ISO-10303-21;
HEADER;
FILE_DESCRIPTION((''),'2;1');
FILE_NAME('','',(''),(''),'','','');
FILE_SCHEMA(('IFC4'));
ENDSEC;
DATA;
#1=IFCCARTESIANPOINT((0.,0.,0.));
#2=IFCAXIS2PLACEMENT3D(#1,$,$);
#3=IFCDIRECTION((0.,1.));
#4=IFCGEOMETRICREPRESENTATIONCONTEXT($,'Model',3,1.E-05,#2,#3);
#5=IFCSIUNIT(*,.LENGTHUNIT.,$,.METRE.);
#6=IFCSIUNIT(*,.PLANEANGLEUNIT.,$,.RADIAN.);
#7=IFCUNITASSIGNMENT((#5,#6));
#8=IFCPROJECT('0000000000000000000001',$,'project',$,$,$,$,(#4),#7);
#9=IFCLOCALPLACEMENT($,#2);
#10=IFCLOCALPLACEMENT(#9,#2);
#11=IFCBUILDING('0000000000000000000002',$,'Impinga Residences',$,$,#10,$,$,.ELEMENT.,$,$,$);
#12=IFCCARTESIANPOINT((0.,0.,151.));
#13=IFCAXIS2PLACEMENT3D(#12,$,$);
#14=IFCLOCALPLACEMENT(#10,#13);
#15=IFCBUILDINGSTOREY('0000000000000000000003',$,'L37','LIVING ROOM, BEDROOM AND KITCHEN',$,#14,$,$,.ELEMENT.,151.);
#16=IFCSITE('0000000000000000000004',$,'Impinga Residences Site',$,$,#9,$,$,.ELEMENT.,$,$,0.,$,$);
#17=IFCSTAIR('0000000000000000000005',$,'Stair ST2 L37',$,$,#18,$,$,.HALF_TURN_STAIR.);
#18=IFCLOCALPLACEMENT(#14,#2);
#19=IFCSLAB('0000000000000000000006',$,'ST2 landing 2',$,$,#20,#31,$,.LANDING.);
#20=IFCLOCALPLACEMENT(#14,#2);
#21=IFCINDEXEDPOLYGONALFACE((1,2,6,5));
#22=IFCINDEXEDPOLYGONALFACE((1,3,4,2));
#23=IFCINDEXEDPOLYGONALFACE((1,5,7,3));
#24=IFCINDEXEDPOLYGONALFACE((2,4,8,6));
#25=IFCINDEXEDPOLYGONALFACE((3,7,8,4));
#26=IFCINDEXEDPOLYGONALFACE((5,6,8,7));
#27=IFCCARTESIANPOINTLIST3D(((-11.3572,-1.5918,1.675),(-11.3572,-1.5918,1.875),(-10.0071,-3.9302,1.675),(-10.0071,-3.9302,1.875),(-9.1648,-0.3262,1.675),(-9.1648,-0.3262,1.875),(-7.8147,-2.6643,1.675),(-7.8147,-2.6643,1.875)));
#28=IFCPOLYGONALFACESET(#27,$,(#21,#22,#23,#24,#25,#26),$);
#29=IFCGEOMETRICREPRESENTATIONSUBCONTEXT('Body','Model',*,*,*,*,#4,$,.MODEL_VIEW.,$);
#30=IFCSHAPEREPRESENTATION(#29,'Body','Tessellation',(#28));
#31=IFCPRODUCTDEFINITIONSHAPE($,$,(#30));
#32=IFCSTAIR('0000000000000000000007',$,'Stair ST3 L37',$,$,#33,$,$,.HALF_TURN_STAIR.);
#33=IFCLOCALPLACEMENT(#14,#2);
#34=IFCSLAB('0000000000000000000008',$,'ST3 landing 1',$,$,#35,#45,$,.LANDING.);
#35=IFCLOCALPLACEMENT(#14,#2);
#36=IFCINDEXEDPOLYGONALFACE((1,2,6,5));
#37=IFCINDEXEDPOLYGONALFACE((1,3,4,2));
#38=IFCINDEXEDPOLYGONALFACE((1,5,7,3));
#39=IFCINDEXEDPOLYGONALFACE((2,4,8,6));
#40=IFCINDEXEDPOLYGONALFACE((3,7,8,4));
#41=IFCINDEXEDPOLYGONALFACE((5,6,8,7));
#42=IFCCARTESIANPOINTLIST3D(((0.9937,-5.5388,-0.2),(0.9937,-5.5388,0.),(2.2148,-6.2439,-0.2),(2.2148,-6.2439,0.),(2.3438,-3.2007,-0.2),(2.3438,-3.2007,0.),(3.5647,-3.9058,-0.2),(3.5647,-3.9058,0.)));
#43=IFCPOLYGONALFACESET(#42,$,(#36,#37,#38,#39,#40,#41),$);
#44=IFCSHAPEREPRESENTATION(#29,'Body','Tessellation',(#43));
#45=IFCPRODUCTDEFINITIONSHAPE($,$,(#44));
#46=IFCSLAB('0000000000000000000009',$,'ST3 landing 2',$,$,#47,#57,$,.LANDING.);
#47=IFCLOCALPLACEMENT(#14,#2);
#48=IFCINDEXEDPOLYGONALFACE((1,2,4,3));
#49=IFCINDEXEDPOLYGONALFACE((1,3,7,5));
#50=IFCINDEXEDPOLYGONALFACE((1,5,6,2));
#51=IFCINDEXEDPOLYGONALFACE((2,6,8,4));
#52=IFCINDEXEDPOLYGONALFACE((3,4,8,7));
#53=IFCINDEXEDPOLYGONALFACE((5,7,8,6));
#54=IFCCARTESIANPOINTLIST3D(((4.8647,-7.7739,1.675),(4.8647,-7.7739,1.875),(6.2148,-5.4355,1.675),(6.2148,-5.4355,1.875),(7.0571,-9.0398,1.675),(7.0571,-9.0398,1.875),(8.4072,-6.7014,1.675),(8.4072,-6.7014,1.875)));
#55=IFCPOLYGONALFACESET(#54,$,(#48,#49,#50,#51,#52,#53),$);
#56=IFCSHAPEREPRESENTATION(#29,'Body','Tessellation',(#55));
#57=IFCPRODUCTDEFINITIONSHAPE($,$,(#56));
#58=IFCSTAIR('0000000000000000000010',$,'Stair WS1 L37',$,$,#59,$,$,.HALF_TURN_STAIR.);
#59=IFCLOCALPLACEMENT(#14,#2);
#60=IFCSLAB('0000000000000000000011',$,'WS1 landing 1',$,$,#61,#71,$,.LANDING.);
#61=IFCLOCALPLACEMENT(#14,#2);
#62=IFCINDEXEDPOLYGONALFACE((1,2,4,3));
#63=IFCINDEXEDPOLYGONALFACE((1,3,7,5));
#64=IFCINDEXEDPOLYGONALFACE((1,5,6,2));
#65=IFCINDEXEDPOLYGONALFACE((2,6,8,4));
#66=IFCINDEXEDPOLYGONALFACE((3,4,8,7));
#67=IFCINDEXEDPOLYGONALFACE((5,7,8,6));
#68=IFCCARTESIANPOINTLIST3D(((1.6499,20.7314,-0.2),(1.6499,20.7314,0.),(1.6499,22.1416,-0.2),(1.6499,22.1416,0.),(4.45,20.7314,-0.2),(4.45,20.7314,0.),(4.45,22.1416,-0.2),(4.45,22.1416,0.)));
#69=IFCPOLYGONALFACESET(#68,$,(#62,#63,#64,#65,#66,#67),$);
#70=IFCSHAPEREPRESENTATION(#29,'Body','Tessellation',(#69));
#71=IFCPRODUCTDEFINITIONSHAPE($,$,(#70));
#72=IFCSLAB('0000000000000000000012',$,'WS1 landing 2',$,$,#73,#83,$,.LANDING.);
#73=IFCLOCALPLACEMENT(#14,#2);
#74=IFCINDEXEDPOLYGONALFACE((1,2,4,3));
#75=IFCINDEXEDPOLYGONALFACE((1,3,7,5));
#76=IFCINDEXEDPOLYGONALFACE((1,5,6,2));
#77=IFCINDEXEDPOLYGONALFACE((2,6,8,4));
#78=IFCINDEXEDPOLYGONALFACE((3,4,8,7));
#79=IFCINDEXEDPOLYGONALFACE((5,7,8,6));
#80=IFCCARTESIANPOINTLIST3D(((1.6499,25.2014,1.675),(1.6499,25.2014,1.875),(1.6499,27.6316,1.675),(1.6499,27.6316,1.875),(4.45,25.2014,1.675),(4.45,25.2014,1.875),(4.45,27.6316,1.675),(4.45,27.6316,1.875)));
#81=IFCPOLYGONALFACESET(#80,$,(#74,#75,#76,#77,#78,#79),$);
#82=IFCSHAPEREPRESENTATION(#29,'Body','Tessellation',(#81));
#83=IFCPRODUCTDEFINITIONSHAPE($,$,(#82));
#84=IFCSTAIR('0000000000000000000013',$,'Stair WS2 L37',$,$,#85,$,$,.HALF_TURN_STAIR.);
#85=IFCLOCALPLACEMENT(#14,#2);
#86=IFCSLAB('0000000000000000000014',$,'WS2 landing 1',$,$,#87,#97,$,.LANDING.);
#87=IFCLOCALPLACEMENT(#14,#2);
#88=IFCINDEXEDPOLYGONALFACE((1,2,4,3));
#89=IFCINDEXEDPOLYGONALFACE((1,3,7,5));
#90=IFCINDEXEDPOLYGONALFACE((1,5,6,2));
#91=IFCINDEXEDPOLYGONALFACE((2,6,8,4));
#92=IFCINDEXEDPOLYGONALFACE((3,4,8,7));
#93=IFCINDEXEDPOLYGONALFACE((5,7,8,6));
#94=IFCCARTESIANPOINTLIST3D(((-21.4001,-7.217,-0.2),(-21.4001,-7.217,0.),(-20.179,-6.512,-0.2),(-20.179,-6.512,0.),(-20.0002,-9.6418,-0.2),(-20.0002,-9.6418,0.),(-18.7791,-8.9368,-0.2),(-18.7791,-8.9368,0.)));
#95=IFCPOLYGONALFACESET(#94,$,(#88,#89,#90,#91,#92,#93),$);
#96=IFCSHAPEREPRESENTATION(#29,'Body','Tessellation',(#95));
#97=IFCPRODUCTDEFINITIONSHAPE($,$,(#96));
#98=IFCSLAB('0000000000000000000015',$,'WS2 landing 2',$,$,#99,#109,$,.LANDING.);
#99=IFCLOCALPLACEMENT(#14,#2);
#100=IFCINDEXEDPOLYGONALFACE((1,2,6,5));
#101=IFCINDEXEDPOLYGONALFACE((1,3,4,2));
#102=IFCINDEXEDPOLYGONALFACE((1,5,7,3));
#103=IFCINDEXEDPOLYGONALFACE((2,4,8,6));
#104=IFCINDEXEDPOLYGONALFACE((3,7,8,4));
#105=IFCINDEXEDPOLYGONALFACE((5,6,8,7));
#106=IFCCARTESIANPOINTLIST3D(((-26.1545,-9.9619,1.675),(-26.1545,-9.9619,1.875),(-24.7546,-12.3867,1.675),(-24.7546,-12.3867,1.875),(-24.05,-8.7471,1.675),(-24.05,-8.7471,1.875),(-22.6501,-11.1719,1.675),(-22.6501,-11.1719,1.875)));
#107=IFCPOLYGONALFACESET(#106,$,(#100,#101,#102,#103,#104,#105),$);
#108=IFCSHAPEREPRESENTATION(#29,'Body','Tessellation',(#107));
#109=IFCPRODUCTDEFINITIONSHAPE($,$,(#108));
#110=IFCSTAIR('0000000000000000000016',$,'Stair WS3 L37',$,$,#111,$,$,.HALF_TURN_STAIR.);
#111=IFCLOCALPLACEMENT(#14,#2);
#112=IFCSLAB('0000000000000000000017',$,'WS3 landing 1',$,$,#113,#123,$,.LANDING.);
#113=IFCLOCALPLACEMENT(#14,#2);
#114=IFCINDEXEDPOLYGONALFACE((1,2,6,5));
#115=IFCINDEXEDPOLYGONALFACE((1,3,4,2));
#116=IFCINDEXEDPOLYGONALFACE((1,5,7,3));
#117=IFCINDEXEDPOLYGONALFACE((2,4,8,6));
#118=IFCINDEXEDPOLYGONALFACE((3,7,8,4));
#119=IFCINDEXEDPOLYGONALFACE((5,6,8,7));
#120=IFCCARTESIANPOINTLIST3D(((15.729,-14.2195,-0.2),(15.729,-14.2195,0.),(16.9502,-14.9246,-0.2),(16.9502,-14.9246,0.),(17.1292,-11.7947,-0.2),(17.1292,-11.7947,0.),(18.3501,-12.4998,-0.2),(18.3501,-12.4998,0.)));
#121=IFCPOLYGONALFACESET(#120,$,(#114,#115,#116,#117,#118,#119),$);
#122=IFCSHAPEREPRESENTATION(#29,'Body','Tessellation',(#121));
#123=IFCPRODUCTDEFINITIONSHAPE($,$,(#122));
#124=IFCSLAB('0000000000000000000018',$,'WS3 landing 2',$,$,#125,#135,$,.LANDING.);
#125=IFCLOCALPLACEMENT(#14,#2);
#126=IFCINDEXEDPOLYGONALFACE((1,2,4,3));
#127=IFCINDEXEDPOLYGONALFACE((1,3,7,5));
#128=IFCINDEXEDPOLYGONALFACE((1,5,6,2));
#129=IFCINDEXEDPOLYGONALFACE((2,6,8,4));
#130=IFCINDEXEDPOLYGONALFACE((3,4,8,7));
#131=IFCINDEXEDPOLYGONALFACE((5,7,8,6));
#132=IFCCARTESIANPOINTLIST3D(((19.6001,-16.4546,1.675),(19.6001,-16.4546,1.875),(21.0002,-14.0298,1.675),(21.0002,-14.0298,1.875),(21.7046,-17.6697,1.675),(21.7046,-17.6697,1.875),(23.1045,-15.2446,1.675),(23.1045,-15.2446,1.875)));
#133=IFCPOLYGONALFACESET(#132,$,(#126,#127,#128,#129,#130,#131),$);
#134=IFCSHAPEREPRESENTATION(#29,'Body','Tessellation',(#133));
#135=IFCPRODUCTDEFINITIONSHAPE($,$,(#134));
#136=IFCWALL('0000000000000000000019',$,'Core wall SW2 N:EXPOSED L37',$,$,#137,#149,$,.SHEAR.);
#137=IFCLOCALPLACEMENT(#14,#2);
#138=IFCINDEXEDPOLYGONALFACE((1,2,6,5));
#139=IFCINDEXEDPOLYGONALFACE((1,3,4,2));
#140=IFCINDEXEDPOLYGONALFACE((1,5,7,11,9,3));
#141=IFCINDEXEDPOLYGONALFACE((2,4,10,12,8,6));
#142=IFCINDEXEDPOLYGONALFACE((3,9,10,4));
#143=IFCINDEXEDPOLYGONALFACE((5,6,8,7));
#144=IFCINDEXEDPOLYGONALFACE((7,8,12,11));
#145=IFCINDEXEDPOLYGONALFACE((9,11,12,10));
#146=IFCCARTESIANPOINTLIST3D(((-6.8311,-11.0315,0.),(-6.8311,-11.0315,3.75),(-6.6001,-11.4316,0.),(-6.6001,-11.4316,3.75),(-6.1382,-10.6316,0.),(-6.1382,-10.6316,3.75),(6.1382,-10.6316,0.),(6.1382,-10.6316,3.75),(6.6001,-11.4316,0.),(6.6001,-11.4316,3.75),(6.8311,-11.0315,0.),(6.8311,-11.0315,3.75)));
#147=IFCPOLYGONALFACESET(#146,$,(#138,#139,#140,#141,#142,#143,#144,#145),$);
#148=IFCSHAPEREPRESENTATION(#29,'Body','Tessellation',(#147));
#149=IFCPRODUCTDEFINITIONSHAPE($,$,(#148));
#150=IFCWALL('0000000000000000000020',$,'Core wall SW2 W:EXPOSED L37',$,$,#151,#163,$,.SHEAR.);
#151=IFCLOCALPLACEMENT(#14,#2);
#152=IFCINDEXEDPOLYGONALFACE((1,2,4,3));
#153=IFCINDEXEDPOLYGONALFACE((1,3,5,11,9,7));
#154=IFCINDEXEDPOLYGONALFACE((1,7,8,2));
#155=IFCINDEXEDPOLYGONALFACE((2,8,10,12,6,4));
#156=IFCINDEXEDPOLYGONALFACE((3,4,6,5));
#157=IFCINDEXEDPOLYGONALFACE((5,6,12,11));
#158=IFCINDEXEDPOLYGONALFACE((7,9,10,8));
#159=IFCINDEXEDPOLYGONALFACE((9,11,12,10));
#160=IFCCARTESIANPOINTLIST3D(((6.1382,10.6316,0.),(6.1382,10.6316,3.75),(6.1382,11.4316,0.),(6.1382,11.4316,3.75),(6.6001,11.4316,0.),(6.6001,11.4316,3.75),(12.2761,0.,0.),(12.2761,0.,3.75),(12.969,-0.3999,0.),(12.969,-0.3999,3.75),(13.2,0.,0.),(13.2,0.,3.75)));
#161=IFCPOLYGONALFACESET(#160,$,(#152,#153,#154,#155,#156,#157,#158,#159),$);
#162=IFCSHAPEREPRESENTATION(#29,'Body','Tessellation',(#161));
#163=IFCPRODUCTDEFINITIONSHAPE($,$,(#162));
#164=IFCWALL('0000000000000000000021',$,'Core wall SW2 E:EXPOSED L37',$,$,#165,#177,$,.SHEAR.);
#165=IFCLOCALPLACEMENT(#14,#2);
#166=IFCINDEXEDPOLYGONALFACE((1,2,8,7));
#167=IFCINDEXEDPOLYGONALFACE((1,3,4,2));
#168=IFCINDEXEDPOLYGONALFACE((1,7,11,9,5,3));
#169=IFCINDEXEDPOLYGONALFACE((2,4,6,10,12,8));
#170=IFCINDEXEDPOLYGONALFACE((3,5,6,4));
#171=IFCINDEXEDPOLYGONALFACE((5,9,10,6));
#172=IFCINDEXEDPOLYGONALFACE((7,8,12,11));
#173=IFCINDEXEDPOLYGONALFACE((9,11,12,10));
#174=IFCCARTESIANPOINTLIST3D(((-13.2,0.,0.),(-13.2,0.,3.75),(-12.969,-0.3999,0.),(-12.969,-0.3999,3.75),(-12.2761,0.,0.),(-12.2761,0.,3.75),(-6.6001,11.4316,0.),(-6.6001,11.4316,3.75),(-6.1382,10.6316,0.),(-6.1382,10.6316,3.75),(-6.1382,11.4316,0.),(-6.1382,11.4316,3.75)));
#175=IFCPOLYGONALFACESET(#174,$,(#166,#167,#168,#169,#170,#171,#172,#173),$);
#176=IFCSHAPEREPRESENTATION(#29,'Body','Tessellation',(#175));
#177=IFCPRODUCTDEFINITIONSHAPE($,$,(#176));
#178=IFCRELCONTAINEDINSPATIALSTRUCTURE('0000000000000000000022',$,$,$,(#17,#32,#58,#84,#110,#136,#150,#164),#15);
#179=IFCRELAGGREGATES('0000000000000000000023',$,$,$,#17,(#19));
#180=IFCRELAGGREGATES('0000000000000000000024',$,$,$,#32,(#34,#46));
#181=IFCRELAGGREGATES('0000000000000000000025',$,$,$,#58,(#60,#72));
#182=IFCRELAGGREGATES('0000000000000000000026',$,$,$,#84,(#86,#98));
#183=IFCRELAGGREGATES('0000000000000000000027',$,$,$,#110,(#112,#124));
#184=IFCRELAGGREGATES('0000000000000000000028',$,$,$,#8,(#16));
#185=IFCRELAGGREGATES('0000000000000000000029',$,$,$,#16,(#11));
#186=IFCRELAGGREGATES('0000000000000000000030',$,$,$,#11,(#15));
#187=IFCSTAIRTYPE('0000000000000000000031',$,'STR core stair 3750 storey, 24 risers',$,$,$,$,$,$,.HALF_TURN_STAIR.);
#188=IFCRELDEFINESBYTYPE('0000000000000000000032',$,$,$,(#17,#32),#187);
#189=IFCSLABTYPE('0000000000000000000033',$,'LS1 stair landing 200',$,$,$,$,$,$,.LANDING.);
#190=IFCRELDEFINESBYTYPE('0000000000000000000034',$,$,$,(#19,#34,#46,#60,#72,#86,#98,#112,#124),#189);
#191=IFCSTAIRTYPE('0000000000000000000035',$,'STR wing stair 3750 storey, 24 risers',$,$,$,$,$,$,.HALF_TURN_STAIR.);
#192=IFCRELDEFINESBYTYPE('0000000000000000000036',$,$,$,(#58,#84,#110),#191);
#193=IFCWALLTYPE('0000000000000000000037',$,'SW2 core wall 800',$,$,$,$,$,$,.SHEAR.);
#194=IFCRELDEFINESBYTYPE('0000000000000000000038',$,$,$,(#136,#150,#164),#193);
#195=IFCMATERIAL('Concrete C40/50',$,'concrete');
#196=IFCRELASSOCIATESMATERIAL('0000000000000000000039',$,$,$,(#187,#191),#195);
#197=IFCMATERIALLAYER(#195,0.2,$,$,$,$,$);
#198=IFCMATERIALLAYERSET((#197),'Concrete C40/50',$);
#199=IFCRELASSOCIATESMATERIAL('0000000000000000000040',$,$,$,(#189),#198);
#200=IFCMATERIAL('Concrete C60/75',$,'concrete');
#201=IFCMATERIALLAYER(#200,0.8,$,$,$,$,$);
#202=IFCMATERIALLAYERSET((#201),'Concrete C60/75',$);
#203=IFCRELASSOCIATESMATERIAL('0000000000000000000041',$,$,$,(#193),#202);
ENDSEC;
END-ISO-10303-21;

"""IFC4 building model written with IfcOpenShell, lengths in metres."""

from ifc_helpers import new_model, si_unit, direction, frame, origin, place, context, subcontext, project, spatial, polyline, outline, extrude, material, layer, layer_set, type_object, element, aggregate, save


model = new_model("IFC4")

# Units and contexts
model_context = context("Model", 3, precision=1e-05, world=origin(), true_north=direction((0.0, 1.0)))
body_context = subcontext(model_context, "Body", "Model", "MODEL_VIEW")
ifc_project = project(units=[si_unit("LENGTHUNIT", "METRE"), si_unit("PLANEANGLEUNIT", "RADIAN")], contexts=[model_context])

# Site, building, storey
site_placement = place(None, origin())
site = spatial("IfcSite", under=ifc_project, at=site_placement, Name="Impinga Residences Site", CompositionType="ELEMENT", RefElevation=0.0)
building_placement = place(site_placement, origin())
building = spatial("IfcBuilding", under=site, at=building_placement, Name="Impinga Residences", CompositionType="ELEMENT")
storey_placement = place(building_placement, frame((0.0, 0.0, 151.0)))
storey = spatial("IfcBuildingStorey", under=building, at=storey_placement, Name="L37", Description="LIVING ROOM, BEDROOM AND KITCHEN", CompositionType="ELEMENT", Elevation=151.0)

# Shared definitions
ifc_material_1 = material(Name="Concrete C60/75", Category="concrete")

# Stairs, slabs
ifc_material_2 = material(Name="Concrete C40/50", Category="concrete")
stair_type_1 = type_object("IfcStairType", Name="STR core stair 3750 storey, 24 risers", PredefinedType="HALF_TURN_STAIR", material=ifc_material_2)
ifc_layer_1 = layer(ifc_material_2, 0.2)
ifc_layer_set_1 = layer_set([ifc_layer_1], Name="Concrete C40/50")
slab_type_1 = type_object("IfcSlabType", Name="LS1 stair landing 200", PredefinedType="LANDING", material=ifc_layer_set_1)
stair_1_placement = place(storey_placement, origin())
stair_1 = element("IfcStair", 1, at=stair_1_placement, inside=storey, type_object=stair_type_1, Name="Stair ST2 L37", PredefinedType="HALF_TURN_STAIR")
slab_1_placement = place(storey_placement, frame((0.0, 0.0, 1.675)))
slab_1 = element("IfcSlab", 2, at=slab_1_placement, type_object=slab_type_1, Name="ST2 landing 2", PredefinedType="LANDING", context=body_context, shape_type="SweptSolid", body=[
    extrude(outline(polyline([(-7.8147, -2.6643), (-9.1648, -0.3262), (-11.3572, -1.5918), (-10.0071, -3.9302), (-7.8147, -2.6643)])), origin(), (0.0, 0.0, 1.0), 0.2),
])
aggregate(stair_1, [slab_1])
stair_2_placement = place(storey_placement, origin())
stair_2 = element("IfcStair", 3, at=stair_2_placement, inside=storey, type_object=stair_type_1, Name="Stair ST3 L37", PredefinedType="HALF_TURN_STAIR")
slab_2_placement = place(storey_placement, frame((0.0, 0.0, -0.2)))
slab_2 = element("IfcSlab", 4, at=slab_2_placement, type_object=slab_type_1, Name="ST3 landing 1", PredefinedType="LANDING", context=body_context, shape_type="SweptSolid", body=[
    extrude(outline(polyline([(2.3438, -3.2007), (0.9937, -5.5388), (2.2148, -6.2439), (3.5647, -3.9058), (2.3438, -3.2007)])), origin(), (0.0, 0.0, 1.0), 0.2),
])
slab_3_placement = place(storey_placement, frame((0.0, 0.0, 1.675)))
slab_3 = element("IfcSlab", 5, at=slab_3_placement, type_object=slab_type_1, Name="ST3 landing 2", PredefinedType="LANDING", context=body_context, shape_type="SweptSolid", body=[
    extrude(outline(polyline([(6.2148, -5.4355), (4.8647, -7.7739), (7.0571, -9.0398), (8.4072, -6.7014), (6.2148, -5.4355)])), origin(), (0.0, 0.0, 1.0), 0.2),
])
aggregate(stair_2, [slab_2, slab_3])
stair_type_2 = type_object("IfcStairType", Name="STR wing stair 3750 storey, 24 risers", PredefinedType="HALF_TURN_STAIR", material=ifc_material_2)
stair_3_placement = place(storey_placement, origin())
stair_3 = element("IfcStair", 6, at=stair_3_placement, inside=storey, type_object=stair_type_2, Name="Stair WS1 L37", PredefinedType="HALF_TURN_STAIR")
slab_4_placement = place(storey_placement, frame((0.0, 0.0, -0.2)))
slab_4 = element("IfcSlab", 7, at=slab_4_placement, type_object=slab_type_1, Name="WS1 landing 1", PredefinedType="LANDING", context=body_context, shape_type="SweptSolid", body=[
    extrude(outline(polyline([(1.6499, 20.7314), (4.45, 20.7314), (4.45, 22.1416), (1.6499, 22.1416), (1.6499, 20.7314)])), origin(), (0.0, 0.0, 1.0), 0.2),
])
slab_5_placement = place(storey_placement, frame((0.0, 0.0, 1.675)))
slab_5 = element("IfcSlab", 8, at=slab_5_placement, type_object=slab_type_1, Name="WS1 landing 2", PredefinedType="LANDING", context=body_context, shape_type="SweptSolid", body=[
    extrude(outline(polyline([(1.6499, 25.2014), (4.45, 25.2014), (4.45, 27.6316), (1.6499, 27.6316), (1.6499, 25.2014)])), origin(), (0.0, 0.0, 1.0), 0.2),
])
aggregate(stair_3, [slab_4, slab_5])
stair_4_placement = place(storey_placement, origin())
stair_4 = element("IfcStair", 9, at=stair_4_placement, inside=storey, type_object=stair_type_2, Name="Stair WS2 L37", PredefinedType="HALF_TURN_STAIR")
slab_6_placement = place(storey_placement, frame((0.0, 0.0, -0.2)))
slab_6 = element("IfcSlab", 10, at=slab_6_placement, type_object=slab_type_1, Name="WS2 landing 1", PredefinedType="LANDING", context=body_context, shape_type="SweptSolid", body=[
    extrude(outline(polyline([(-18.7791, -8.9368), (-20.179, -6.512), (-21.4001, -7.217), (-20.0002, -9.6418), (-18.7791, -8.9368)])), origin(), (0.0, 0.0, 1.0), 0.2),
])
slab_7_placement = place(storey_placement, frame((0.0, 0.0, 1.675)))
slab_7 = element("IfcSlab", 11, at=slab_7_placement, type_object=slab_type_1, Name="WS2 landing 2", PredefinedType="LANDING", context=body_context, shape_type="SweptSolid", body=[
    extrude(outline(polyline([(-22.6501, -11.1719), (-24.05, -8.7471), (-26.1545, -9.9619), (-24.7546, -12.3867), (-22.6501, -11.1719)])), origin(), (0.0, 0.0, 1.0), 0.2),
])
aggregate(stair_4, [slab_6, slab_7])
stair_5_placement = place(storey_placement, origin())
stair_5 = element("IfcStair", 12, at=stair_5_placement, inside=storey, type_object=stair_type_2, Name="Stair WS3 L37", PredefinedType="HALF_TURN_STAIR")
slab_8_placement = place(storey_placement, frame((0.0, 0.0, -0.2)))
slab_8 = element("IfcSlab", 13, at=slab_8_placement, type_object=slab_type_1, Name="WS3 landing 1", PredefinedType="LANDING", context=body_context, shape_type="SweptSolid", body=[
    extrude(outline(polyline([(17.1292, -11.7947), (15.729, -14.2195), (16.9502, -14.9246), (18.3501, -12.4998), (17.1292, -11.7947)])), origin(), (0.0, 0.0, 1.0), 0.2),
])
slab_9_placement = place(storey_placement, frame((0.0, 0.0, 1.675)))
slab_9 = element("IfcSlab", 14, at=slab_9_placement, type_object=slab_type_1, Name="WS3 landing 2", PredefinedType="LANDING", context=body_context, shape_type="SweptSolid", body=[
    extrude(outline(polyline([(21.0002, -14.0298), (19.6001, -16.4546), (21.7046, -17.6697), (23.1045, -15.2446), (21.0002, -14.0298)])), origin(), (0.0, 0.0, 1.0), 0.2),
])
aggregate(stair_5, [slab_8, slab_9])

# Walls
ifc_layer_2 = layer(ifc_material_1, 0.8)
ifc_layer_set_2 = layer_set([ifc_layer_2], Name="Concrete C60/75")
wall_type_1 = type_object("IfcWallType", Name="SW2 core wall 800", PredefinedType="SHEAR", material=ifc_layer_set_2)
wall_1_placement = place(storey_placement, origin())
element("IfcWall", 15, at=wall_1_placement, inside=storey, type_object=wall_type_1, Name="Core wall SW2 N:EXPOSED L37", PredefinedType="SHEAR", context=body_context, shape_type="SweptSolid", body=[
    extrude(outline(polyline([(-6.6001, -11.4316), (6.6001, -11.4316), (6.8311, -11.0315), (6.1382, -10.6316), (-6.1382, -10.6316), (-6.8311, -11.0315), (-6.6001, -11.4316)])), origin(), (0.0, 0.0, 1.0), 3.75),
])
wall_2_placement = place(storey_placement, origin())
element("IfcWall", 16, at=wall_2_placement, inside=storey, type_object=wall_type_1, Name="Core wall SW2 W:EXPOSED L37", PredefinedType="SHEAR", context=body_context, shape_type="SweptSolid", body=[
    extrude(outline(polyline([(13.2, 0.0), (6.6001, 11.4316), (6.1382, 11.4316), (6.1382, 10.6316), (12.2761, 0.0), (12.969, -0.3999), (13.2, 0.0)])), origin(), (0.0, 0.0, 1.0), 3.75),
])
wall_3_placement = place(storey_placement, origin())
element("IfcWall", 17, at=wall_3_placement, inside=storey, type_object=wall_type_1, Name="Core wall SW2 E:EXPOSED L37", PredefinedType="SHEAR", context=body_context, shape_type="SweptSolid", body=[
    extrude(outline(polyline([(-6.6001, 11.4316), (-13.2, 0.0), (-12.969, -0.3999), (-12.2761, 0.0), (-6.1382, 10.6316), (-6.1382, 11.4316), (-6.6001, 11.4316)])), origin(), (0.0, 0.0, 1.0), 3.75),
])

save(model, "model.ifc")
